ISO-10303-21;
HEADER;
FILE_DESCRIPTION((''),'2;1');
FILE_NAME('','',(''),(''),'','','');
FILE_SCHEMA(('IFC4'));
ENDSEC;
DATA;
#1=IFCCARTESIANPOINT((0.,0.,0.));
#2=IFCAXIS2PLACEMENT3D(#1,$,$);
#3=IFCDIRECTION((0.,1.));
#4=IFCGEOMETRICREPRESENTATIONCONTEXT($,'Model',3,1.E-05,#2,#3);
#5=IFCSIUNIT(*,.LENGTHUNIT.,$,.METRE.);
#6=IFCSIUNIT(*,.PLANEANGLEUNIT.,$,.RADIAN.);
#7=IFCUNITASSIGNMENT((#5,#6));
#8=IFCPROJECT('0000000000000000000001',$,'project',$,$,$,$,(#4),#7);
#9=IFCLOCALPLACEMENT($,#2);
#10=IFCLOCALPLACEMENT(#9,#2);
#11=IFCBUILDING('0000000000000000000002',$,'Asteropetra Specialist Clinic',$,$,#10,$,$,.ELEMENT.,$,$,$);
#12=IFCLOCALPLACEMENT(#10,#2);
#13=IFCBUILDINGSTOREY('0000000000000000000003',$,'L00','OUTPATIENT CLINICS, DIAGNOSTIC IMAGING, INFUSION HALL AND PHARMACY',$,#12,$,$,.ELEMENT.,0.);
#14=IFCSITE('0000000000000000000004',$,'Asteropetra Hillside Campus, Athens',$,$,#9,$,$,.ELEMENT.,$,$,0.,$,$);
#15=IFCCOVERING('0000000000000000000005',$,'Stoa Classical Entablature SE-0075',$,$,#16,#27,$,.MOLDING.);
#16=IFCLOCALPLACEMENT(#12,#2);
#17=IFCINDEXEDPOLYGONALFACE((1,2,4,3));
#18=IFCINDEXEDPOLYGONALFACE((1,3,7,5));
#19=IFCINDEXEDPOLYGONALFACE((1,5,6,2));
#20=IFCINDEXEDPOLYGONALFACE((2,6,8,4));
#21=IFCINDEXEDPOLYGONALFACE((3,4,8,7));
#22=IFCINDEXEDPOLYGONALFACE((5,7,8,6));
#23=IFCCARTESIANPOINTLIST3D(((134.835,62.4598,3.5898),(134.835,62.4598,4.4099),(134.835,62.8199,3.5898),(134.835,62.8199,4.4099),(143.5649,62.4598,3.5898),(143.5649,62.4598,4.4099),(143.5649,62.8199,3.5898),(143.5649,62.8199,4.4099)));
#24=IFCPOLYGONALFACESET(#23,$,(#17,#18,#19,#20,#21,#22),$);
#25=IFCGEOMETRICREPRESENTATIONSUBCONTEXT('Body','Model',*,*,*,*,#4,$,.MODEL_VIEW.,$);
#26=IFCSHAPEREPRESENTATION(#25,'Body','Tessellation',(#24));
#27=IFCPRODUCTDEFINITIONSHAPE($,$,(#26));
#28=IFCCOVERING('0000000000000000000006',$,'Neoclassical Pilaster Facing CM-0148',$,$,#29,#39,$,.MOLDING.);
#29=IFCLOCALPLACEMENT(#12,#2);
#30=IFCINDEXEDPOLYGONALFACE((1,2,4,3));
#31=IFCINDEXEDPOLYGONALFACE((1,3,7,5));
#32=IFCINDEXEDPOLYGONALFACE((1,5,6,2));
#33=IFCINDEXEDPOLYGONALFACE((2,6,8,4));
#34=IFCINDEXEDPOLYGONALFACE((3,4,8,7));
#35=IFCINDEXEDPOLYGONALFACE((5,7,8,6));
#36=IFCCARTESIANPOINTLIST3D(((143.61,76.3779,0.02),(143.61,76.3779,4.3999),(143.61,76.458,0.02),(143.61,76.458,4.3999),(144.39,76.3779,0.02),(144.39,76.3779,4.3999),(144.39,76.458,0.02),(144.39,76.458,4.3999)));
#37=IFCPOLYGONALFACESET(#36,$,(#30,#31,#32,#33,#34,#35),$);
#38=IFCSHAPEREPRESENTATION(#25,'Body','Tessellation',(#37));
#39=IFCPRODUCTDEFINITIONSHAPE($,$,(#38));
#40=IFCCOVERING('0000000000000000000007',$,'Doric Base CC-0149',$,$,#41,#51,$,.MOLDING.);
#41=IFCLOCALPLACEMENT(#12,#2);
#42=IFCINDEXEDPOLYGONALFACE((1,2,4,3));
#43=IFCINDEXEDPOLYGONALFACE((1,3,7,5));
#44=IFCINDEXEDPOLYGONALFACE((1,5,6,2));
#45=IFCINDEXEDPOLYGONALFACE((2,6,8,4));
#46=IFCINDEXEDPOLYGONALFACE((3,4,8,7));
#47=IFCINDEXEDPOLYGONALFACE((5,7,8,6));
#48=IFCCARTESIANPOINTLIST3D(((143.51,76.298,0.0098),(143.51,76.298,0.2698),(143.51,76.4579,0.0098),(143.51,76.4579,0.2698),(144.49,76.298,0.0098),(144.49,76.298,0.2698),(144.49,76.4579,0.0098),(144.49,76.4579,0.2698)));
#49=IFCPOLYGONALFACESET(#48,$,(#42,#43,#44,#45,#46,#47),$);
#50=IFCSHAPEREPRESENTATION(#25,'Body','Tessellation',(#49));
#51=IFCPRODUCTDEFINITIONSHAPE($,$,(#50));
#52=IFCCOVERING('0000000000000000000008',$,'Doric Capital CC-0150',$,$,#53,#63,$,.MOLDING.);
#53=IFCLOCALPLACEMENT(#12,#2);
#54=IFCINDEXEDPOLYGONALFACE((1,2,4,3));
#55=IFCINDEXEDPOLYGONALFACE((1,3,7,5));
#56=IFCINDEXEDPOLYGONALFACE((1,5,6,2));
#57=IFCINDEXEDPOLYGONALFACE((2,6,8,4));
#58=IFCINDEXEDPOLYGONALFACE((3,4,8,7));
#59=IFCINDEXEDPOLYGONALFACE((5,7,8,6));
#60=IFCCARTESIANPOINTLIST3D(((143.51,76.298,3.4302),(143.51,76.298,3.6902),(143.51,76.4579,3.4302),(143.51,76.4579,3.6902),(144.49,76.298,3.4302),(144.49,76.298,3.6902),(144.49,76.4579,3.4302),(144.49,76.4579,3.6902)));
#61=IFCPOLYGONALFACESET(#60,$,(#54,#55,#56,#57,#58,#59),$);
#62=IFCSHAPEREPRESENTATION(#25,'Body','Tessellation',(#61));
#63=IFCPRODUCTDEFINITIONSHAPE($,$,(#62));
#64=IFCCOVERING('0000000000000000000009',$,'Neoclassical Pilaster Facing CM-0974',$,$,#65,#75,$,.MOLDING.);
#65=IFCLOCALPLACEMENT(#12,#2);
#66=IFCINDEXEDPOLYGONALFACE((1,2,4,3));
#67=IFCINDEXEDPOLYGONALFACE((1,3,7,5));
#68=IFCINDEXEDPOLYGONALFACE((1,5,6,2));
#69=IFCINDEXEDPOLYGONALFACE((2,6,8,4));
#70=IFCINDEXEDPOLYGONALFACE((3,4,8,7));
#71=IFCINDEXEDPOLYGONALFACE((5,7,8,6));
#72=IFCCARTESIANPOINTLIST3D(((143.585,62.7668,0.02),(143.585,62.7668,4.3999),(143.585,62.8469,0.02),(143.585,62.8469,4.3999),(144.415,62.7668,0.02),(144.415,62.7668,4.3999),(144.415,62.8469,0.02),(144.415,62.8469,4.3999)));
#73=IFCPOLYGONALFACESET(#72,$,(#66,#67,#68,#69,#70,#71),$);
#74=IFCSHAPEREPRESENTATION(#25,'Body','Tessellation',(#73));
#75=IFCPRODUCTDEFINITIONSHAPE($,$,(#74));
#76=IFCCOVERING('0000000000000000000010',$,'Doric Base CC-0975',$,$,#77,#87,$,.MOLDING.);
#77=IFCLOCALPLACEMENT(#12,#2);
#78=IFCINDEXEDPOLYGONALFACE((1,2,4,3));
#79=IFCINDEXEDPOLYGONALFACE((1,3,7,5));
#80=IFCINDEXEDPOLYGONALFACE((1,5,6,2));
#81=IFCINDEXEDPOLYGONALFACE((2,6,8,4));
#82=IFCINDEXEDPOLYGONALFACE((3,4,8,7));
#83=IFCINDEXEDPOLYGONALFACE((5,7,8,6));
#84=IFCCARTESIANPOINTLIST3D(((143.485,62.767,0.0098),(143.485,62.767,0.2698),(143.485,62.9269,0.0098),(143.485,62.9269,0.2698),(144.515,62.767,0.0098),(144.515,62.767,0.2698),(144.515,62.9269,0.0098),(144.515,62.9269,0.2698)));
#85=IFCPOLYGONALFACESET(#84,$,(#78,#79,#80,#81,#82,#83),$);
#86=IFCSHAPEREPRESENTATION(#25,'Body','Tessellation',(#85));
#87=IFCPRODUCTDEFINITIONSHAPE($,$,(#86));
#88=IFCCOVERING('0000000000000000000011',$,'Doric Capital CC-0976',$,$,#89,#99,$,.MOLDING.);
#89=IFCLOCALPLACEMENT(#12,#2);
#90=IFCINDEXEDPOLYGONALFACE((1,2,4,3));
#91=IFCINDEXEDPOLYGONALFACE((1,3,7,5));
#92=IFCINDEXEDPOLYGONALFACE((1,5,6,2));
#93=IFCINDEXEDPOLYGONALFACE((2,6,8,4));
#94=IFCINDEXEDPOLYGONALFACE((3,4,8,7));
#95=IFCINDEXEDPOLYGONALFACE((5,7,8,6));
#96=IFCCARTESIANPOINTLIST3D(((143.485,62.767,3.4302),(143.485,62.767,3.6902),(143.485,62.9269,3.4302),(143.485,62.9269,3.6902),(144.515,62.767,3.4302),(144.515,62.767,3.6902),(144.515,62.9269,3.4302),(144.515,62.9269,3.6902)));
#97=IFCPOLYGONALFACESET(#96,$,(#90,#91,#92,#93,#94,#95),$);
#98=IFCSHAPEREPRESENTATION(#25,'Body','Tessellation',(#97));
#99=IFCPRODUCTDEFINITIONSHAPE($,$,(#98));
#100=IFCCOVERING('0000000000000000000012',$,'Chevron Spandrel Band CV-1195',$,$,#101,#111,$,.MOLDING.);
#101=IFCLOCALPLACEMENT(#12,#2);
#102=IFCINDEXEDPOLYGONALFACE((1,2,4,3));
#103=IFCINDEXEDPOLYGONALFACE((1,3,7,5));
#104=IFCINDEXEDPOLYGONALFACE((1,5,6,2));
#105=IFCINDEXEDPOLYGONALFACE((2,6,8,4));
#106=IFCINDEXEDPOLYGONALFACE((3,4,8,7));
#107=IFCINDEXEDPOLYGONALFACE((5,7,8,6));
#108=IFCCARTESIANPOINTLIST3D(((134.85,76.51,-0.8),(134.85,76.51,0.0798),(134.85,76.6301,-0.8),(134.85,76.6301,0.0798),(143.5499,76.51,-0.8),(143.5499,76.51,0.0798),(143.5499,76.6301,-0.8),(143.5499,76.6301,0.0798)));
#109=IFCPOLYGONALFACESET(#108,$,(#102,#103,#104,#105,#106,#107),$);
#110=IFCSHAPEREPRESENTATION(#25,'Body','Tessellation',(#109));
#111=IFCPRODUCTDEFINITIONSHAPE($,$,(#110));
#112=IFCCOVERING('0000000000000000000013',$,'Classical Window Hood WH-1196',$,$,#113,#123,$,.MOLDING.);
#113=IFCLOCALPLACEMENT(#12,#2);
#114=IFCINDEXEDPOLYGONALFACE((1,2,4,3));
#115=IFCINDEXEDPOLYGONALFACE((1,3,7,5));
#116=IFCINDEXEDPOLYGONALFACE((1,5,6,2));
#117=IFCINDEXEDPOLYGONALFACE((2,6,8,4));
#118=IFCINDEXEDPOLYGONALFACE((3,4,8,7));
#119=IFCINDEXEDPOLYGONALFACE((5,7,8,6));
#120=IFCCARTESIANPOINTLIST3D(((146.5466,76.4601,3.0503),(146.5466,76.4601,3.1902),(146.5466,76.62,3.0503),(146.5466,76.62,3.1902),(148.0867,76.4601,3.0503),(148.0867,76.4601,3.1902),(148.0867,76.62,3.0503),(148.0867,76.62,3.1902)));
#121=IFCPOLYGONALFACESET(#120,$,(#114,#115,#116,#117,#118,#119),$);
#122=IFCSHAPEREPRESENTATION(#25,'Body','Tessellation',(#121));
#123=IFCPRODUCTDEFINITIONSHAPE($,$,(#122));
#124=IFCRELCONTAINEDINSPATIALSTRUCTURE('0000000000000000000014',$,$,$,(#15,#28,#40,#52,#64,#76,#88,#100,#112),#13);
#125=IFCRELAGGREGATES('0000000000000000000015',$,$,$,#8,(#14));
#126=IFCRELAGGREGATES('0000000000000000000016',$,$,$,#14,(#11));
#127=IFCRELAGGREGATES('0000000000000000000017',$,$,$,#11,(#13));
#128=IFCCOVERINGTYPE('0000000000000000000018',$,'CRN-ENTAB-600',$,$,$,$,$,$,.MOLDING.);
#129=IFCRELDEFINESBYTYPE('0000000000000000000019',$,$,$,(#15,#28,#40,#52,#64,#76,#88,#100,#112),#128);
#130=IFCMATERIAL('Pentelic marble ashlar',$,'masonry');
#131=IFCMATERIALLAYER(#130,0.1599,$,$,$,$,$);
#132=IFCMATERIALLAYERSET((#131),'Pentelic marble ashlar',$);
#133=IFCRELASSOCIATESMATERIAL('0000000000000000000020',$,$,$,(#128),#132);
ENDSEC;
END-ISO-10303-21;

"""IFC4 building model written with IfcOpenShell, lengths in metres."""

from ifc_helpers import new_model, si_unit, direction, frame, origin, origin_2d, place, context, subcontext, project, spatial, rectangle, extrude, material, layer, layer_set, type_object, element, save


model = new_model("IFC4")

# Units and contexts
model_context = context("Model", 3, precision=1e-05, world=origin(), true_north=direction((0.0, 1.0)))
body_context = subcontext(model_context, "Body", "Model", "MODEL_VIEW")
ifc_project = project(units=[si_unit("LENGTHUNIT", "METRE"), si_unit("PLANEANGLEUNIT", "RADIAN")], contexts=[model_context])

# Site, building, storey
site_placement = place(None, origin())
site = spatial("IfcSite", under=ifc_project, at=site_placement, Name="Asteropetra Hillside Campus, Athens", CompositionType="ELEMENT", RefElevation=0.0)
building_placement = place(site_placement, origin())
building = spatial("IfcBuilding", under=site, at=building_placement, Name="Asteropetra Specialist Clinic", CompositionType="ELEMENT")
storey_placement = place(building_placement, origin())
storey = spatial("IfcBuildingStorey", under=building, at=storey_placement, Name="L00", Description="OUTPATIENT CLINICS, DIAGNOSTIC IMAGING, INFUSION HALL AND PHARMACY", CompositionType="ELEMENT", Elevation=0.0)

# Coverings
ifc_material_1 = material(Name="Pentelic marble ashlar", Category="masonry")
ifc_layer_1 = layer(ifc_material_1, 0.1599)
ifc_layer_set_1 = layer_set([ifc_layer_1], Name="Pentelic marble ashlar")
covering_type = type_object("IfcCoveringType", Name="CRN-ENTAB-600", PredefinedType="MOLDING", material=ifc_layer_set_1)
covering_1_placement = place(storey_placement, frame((139.2, 62.6399, 3.5898), z_axis=(0.0, 0.0, 1.0), x_axis=(1.0, 0.0, 0.0)))
element("IfcCovering", 1, at=covering_1_placement, inside=storey, type_object=covering_type, Name="Stoa Classical Entablature SE-0075", PredefinedType="MOLDING", context=body_context, shape_type="SweptSolid", body=[
    extrude(rectangle(XDim=8.73, YDim=0.3601, at=origin_2d()), origin(), (0.0, 0.0, 1.0), 0.8201),
])
covering_2_placement = place(storey_placement, frame((144.0, 76.418, 0.02), z_axis=(0.0, 0.0, 1.0), x_axis=(1.0, 0.0, 0.0)))
element("IfcCovering", 2, at=covering_2_placement, inside=storey, type_object=covering_type, Name="Neoclassical Pilaster Facing CM-0148", PredefinedType="MOLDING", context=body_context, shape_type="SweptSolid", body=[
    extrude(rectangle(XDim=0.78, YDim=0.0801, at=origin_2d()), origin(), (0.0, 0.0, 1.0), 4.3799),
])
for number, where, z_axis, x_axis, name in (
    (3, (144.0, 76.3779, 0.0098), (0.0, 0.0, 1.0), (1.0, 0.0, 0.0), "Doric Base CC-0149"),
    (4, (144.0, 76.3779, 3.4302), (0.0, 0.0, 1.0), (1.0, 0.0, 0.0), "Doric Capital CC-0150"),
):
    element("IfcCovering", number, at=place(storey_placement, frame(where, z_axis=z_axis, x_axis=x_axis)), inside=storey, type_object=covering_type, Name=name, PredefinedType="MOLDING", context=body_context, shape_type="SweptSolid", body=[
        extrude(rectangle(XDim=0.98, YDim=0.1599, at=origin_2d()), origin(), (0.0, 0.0, 1.0), 0.26),
    ])
covering_3_placement = place(storey_placement, frame((144.0, 62.8069, 0.02), z_axis=(0.0, 0.0, 1.0), x_axis=(1.0, 0.0, 0.0)))
element("IfcCovering", 5, at=covering_3_placement, inside=storey, type_object=covering_type, Name="Neoclassical Pilaster Facing CM-0974", PredefinedType="MOLDING", context=body_context, shape_type="SweptSolid", body=[
    extrude(rectangle(XDim=0.8301, YDim=0.0801, at=origin_2d()), origin(), (0.0, 0.0, 1.0), 4.3799),
])
for number, where, z_axis, x_axis, name in (
    (6, (144.0, 62.8469, 0.0098), (0.0, 0.0, 1.0), (1.0, 0.0, 0.0), "Doric Base CC-0975"),
    (7, (144.0, 62.8469, 3.4302), (0.0, 0.0, 1.0), (1.0, 0.0, 0.0), "Doric Capital CC-0976"),
):
    element("IfcCovering", number, at=place(storey_placement, frame(where, z_axis=z_axis, x_axis=x_axis)), inside=storey, type_object=covering_type, Name=name, PredefinedType="MOLDING", context=body_context, shape_type="SweptSolid", body=[
        extrude(rectangle(XDim=1.03, YDim=0.1599, at=origin_2d()), origin(), (0.0, 0.0, 1.0), 0.26),
    ])
covering_4_placement = place(storey_placement, frame((139.2, 76.5701, -0.8), z_axis=(0.0, 0.0, 1.0), x_axis=(1.0, 0.0, 0.0)))
element("IfcCovering", 8, at=covering_4_placement, inside=storey, type_object=covering_type, Name="Chevron Spandrel Band CV-1195", PredefinedType="MOLDING", context=body_context, shape_type="SweptSolid", body=[
    extrude(rectangle(XDim=8.7, YDim=0.1201, at=origin_2d()), origin(), (0.0, 0.0, 1.0), 0.8799),
])
covering_5_placement = place(storey_placement, frame((147.3167, 76.54, 3.0503), z_axis=(0.0, 0.0, 1.0), x_axis=(1.0, 0.0, 0.0)))
element("IfcCovering", 9, at=covering_5_placement, inside=storey, type_object=covering_type, Name="Classical Window Hood WH-1196", PredefinedType="MOLDING", context=body_context, shape_type="SweptSolid", body=[
    extrude(rectangle(XDim=1.54, YDim=0.1599, at=origin_2d()), origin(), (0.0, 0.0, 1.0), 0.1399),
])

save(model, "model.ifc")
